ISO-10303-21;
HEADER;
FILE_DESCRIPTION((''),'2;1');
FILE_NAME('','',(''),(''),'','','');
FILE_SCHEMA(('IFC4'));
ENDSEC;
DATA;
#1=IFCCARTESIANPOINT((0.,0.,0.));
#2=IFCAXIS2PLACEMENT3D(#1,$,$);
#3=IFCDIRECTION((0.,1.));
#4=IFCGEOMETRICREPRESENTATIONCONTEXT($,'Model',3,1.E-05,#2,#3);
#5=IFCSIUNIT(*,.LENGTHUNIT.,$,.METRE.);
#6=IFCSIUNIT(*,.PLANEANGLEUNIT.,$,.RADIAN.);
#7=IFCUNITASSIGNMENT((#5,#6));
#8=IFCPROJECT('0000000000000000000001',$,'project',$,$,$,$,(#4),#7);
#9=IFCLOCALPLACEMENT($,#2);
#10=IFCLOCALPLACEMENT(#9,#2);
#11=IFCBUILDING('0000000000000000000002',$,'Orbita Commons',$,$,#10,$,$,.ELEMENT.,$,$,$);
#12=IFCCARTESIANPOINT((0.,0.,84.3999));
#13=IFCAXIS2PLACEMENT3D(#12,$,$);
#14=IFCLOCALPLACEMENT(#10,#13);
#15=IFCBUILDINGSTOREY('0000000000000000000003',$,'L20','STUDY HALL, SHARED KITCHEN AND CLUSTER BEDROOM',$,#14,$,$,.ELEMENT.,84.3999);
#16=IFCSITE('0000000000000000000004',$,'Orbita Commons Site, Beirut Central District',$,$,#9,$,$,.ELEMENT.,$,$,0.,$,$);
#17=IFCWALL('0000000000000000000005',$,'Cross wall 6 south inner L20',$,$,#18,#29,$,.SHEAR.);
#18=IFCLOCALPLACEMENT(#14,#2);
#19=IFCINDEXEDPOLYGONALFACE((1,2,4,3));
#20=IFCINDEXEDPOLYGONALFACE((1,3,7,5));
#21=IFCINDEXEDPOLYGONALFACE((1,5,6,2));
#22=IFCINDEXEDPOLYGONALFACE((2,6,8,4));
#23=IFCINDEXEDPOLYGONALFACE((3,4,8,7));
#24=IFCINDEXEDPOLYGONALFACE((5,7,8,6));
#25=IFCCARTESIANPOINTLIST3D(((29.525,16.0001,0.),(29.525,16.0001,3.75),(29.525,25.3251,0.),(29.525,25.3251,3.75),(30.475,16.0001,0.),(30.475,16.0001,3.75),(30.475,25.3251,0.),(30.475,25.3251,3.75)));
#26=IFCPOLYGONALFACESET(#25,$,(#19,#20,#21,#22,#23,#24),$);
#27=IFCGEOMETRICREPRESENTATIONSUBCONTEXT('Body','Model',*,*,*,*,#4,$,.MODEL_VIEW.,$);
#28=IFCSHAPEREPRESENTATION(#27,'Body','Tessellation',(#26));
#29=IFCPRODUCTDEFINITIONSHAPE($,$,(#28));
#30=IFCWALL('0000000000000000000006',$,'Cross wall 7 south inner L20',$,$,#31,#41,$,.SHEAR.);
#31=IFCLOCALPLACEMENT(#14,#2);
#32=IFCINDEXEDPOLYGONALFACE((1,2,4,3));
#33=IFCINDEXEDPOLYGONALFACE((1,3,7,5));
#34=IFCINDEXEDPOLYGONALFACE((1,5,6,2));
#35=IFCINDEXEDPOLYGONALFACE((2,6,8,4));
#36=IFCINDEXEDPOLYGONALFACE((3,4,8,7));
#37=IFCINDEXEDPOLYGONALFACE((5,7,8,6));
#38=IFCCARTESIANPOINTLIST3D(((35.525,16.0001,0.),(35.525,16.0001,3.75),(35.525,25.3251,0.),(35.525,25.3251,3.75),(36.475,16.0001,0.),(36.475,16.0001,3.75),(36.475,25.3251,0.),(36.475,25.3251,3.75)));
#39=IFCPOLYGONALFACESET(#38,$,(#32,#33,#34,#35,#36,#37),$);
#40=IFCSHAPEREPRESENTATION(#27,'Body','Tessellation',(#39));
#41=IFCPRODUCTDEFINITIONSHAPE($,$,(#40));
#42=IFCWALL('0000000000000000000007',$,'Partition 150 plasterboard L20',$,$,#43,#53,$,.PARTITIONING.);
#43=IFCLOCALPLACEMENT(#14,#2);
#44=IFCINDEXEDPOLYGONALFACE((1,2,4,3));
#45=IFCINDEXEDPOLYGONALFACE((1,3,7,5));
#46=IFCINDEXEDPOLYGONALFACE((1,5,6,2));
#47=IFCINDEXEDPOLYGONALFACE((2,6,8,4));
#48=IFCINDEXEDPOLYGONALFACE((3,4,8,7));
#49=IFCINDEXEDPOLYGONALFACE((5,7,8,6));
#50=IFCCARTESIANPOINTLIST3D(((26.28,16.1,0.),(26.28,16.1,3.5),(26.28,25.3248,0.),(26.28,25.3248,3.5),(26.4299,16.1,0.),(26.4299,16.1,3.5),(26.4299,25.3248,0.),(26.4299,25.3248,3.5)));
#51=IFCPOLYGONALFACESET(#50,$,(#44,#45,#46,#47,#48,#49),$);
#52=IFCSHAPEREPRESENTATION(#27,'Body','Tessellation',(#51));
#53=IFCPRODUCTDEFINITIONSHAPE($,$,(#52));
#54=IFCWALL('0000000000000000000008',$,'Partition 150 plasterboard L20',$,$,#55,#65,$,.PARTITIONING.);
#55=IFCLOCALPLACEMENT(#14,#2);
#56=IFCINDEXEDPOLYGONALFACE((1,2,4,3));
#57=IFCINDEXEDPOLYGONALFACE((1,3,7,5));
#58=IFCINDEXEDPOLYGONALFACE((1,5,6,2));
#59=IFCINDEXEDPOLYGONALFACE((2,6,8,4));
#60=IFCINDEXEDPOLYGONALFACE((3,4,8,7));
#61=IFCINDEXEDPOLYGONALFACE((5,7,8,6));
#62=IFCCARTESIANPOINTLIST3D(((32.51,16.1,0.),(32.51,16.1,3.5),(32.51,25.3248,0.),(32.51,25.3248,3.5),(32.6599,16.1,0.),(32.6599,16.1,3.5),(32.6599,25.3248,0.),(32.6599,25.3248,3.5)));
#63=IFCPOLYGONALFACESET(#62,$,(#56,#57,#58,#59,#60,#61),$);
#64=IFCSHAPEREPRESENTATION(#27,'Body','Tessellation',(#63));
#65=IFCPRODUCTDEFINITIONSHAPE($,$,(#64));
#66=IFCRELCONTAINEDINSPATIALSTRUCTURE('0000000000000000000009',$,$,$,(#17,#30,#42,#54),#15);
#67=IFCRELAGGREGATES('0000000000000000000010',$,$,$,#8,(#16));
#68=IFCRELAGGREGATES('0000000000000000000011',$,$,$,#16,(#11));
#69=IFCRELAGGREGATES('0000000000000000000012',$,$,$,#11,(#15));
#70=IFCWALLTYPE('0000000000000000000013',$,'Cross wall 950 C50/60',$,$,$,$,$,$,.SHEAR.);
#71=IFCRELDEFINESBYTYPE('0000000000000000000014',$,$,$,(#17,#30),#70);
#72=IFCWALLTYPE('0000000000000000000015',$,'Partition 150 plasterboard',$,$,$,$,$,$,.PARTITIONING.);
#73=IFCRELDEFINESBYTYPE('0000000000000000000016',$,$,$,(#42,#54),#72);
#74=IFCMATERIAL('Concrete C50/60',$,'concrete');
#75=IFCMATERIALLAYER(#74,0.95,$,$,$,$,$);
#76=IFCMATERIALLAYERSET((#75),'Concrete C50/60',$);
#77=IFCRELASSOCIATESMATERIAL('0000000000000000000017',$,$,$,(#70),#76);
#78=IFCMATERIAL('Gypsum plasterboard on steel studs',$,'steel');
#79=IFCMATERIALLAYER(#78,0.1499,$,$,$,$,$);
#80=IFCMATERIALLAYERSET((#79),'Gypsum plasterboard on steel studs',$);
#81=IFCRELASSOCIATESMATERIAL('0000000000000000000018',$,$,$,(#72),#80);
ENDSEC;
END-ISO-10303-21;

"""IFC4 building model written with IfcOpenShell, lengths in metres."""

from ifc_helpers import new_model, si_unit, direction, frame, frame_2d, origin, place, context, subcontext, project, spatial, rectangle, extrude, material, layer, layer_set, type_object, element, save


model = new_model("IFC4")

# Units and contexts
model_context = context("Model", 3, precision=1e-05, world=origin(), true_north=direction((0.0, 1.0)))
body_context = subcontext(model_context, "Body", "Model", "MODEL_VIEW")
ifc_project = project(units=[si_unit("LENGTHUNIT", "METRE"), si_unit("PLANEANGLEUNIT", "RADIAN")], contexts=[model_context])

# Site, building, storey
site_placement = place(None, origin())
site = spatial("IfcSite", under=ifc_project, at=site_placement, Name="Orbita Commons Site, Beirut Central District", CompositionType="ELEMENT", RefElevation=0.0)
building_placement = place(site_placement, origin())
building = spatial("IfcBuilding", under=site, at=building_placement, Name="Orbita Commons", CompositionType="ELEMENT")
storey_placement = place(building_placement, frame((0.0, 0.0, 84.3999)))
storey = spatial("IfcBuildingStorey", under=building, at=storey_placement, Name="L20", Description="STUDY HALL, SHARED KITCHEN AND CLUSTER BEDROOM", CompositionType="ELEMENT", Elevation=84.3999)

# Walls
ifc_material_1 = material(Name="Concrete C50/60", Category="concrete")
ifc_layer_1 = layer(ifc_material_1, 0.95)
ifc_layer_set_1 = layer_set([ifc_layer_1], Name="Concrete C50/60")
wall_type_1 = type_object("IfcWallType", Name="Cross wall 950 C50/60", PredefinedType="SHEAR", material=ifc_layer_set_1)
for number, where, z_axis, x_axis, name in (
    (1, (30.0, 16.0, 0.0), (0.0, 0.0, 1.0), (0.0, 1.0, 0.0), "Cross wall 6 south inner L20"),
    (2, (36.0, 16.0, 0.0), (0.0, 0.0, 1.0), (0.0, 1.0, 0.0), "Cross wall 7 south inner L20"),
):
    element("IfcWall", number, at=place(storey_placement, frame(where, z_axis=z_axis, x_axis=x_axis)), inside=storey, type_object=wall_type_1, Name=name, PredefinedType="SHEAR", context=body_context, shape_type="SweptSolid", body=[
        extrude(rectangle(XDim=9.325, YDim=0.95, at=frame_2d((4.6626, 0.0))), origin(), (0.0, 0.0, 1.0), 3.75),
    ])
ifc_material_2 = material(Name="Gypsum plasterboard on steel studs", Category="steel")
ifc_layer_2 = layer(ifc_material_2, 0.1499)
ifc_layer_set_2 = layer_set([ifc_layer_2], Name="Gypsum plasterboard on steel studs")
wall_type_2 = type_object("IfcWallType", Name="Partition 150 plasterboard", PredefinedType="PARTITIONING", material=ifc_layer_set_2)
for number, where, z_axis, x_axis, name in (
    (3, (26.355, 16.1001, 0.0), (0.0, 0.0, 1.0), (0.0, 1.0, 0.0), "Partition 150 plasterboard L20"),
    (4, (32.585, 16.1001, 0.0), (0.0, 0.0, 1.0), (0.0, 1.0, 0.0), "Partition 150 plasterboard L20"),
):
    element("IfcWall", number, at=place(storey_placement, frame(where, z_axis=z_axis, x_axis=x_axis)), inside=storey, type_object=wall_type_2, Name=name, PredefinedType="PARTITIONING", context=body_context, shape_type="SweptSolid", body=[
        extrude(rectangle(XDim=9.2249, YDim=0.1499, at=frame_2d((4.6123, 0.0))), origin(), (0.0, 0.0, 1.0), 3.5),
    ])

save(model, "model.ifc")
